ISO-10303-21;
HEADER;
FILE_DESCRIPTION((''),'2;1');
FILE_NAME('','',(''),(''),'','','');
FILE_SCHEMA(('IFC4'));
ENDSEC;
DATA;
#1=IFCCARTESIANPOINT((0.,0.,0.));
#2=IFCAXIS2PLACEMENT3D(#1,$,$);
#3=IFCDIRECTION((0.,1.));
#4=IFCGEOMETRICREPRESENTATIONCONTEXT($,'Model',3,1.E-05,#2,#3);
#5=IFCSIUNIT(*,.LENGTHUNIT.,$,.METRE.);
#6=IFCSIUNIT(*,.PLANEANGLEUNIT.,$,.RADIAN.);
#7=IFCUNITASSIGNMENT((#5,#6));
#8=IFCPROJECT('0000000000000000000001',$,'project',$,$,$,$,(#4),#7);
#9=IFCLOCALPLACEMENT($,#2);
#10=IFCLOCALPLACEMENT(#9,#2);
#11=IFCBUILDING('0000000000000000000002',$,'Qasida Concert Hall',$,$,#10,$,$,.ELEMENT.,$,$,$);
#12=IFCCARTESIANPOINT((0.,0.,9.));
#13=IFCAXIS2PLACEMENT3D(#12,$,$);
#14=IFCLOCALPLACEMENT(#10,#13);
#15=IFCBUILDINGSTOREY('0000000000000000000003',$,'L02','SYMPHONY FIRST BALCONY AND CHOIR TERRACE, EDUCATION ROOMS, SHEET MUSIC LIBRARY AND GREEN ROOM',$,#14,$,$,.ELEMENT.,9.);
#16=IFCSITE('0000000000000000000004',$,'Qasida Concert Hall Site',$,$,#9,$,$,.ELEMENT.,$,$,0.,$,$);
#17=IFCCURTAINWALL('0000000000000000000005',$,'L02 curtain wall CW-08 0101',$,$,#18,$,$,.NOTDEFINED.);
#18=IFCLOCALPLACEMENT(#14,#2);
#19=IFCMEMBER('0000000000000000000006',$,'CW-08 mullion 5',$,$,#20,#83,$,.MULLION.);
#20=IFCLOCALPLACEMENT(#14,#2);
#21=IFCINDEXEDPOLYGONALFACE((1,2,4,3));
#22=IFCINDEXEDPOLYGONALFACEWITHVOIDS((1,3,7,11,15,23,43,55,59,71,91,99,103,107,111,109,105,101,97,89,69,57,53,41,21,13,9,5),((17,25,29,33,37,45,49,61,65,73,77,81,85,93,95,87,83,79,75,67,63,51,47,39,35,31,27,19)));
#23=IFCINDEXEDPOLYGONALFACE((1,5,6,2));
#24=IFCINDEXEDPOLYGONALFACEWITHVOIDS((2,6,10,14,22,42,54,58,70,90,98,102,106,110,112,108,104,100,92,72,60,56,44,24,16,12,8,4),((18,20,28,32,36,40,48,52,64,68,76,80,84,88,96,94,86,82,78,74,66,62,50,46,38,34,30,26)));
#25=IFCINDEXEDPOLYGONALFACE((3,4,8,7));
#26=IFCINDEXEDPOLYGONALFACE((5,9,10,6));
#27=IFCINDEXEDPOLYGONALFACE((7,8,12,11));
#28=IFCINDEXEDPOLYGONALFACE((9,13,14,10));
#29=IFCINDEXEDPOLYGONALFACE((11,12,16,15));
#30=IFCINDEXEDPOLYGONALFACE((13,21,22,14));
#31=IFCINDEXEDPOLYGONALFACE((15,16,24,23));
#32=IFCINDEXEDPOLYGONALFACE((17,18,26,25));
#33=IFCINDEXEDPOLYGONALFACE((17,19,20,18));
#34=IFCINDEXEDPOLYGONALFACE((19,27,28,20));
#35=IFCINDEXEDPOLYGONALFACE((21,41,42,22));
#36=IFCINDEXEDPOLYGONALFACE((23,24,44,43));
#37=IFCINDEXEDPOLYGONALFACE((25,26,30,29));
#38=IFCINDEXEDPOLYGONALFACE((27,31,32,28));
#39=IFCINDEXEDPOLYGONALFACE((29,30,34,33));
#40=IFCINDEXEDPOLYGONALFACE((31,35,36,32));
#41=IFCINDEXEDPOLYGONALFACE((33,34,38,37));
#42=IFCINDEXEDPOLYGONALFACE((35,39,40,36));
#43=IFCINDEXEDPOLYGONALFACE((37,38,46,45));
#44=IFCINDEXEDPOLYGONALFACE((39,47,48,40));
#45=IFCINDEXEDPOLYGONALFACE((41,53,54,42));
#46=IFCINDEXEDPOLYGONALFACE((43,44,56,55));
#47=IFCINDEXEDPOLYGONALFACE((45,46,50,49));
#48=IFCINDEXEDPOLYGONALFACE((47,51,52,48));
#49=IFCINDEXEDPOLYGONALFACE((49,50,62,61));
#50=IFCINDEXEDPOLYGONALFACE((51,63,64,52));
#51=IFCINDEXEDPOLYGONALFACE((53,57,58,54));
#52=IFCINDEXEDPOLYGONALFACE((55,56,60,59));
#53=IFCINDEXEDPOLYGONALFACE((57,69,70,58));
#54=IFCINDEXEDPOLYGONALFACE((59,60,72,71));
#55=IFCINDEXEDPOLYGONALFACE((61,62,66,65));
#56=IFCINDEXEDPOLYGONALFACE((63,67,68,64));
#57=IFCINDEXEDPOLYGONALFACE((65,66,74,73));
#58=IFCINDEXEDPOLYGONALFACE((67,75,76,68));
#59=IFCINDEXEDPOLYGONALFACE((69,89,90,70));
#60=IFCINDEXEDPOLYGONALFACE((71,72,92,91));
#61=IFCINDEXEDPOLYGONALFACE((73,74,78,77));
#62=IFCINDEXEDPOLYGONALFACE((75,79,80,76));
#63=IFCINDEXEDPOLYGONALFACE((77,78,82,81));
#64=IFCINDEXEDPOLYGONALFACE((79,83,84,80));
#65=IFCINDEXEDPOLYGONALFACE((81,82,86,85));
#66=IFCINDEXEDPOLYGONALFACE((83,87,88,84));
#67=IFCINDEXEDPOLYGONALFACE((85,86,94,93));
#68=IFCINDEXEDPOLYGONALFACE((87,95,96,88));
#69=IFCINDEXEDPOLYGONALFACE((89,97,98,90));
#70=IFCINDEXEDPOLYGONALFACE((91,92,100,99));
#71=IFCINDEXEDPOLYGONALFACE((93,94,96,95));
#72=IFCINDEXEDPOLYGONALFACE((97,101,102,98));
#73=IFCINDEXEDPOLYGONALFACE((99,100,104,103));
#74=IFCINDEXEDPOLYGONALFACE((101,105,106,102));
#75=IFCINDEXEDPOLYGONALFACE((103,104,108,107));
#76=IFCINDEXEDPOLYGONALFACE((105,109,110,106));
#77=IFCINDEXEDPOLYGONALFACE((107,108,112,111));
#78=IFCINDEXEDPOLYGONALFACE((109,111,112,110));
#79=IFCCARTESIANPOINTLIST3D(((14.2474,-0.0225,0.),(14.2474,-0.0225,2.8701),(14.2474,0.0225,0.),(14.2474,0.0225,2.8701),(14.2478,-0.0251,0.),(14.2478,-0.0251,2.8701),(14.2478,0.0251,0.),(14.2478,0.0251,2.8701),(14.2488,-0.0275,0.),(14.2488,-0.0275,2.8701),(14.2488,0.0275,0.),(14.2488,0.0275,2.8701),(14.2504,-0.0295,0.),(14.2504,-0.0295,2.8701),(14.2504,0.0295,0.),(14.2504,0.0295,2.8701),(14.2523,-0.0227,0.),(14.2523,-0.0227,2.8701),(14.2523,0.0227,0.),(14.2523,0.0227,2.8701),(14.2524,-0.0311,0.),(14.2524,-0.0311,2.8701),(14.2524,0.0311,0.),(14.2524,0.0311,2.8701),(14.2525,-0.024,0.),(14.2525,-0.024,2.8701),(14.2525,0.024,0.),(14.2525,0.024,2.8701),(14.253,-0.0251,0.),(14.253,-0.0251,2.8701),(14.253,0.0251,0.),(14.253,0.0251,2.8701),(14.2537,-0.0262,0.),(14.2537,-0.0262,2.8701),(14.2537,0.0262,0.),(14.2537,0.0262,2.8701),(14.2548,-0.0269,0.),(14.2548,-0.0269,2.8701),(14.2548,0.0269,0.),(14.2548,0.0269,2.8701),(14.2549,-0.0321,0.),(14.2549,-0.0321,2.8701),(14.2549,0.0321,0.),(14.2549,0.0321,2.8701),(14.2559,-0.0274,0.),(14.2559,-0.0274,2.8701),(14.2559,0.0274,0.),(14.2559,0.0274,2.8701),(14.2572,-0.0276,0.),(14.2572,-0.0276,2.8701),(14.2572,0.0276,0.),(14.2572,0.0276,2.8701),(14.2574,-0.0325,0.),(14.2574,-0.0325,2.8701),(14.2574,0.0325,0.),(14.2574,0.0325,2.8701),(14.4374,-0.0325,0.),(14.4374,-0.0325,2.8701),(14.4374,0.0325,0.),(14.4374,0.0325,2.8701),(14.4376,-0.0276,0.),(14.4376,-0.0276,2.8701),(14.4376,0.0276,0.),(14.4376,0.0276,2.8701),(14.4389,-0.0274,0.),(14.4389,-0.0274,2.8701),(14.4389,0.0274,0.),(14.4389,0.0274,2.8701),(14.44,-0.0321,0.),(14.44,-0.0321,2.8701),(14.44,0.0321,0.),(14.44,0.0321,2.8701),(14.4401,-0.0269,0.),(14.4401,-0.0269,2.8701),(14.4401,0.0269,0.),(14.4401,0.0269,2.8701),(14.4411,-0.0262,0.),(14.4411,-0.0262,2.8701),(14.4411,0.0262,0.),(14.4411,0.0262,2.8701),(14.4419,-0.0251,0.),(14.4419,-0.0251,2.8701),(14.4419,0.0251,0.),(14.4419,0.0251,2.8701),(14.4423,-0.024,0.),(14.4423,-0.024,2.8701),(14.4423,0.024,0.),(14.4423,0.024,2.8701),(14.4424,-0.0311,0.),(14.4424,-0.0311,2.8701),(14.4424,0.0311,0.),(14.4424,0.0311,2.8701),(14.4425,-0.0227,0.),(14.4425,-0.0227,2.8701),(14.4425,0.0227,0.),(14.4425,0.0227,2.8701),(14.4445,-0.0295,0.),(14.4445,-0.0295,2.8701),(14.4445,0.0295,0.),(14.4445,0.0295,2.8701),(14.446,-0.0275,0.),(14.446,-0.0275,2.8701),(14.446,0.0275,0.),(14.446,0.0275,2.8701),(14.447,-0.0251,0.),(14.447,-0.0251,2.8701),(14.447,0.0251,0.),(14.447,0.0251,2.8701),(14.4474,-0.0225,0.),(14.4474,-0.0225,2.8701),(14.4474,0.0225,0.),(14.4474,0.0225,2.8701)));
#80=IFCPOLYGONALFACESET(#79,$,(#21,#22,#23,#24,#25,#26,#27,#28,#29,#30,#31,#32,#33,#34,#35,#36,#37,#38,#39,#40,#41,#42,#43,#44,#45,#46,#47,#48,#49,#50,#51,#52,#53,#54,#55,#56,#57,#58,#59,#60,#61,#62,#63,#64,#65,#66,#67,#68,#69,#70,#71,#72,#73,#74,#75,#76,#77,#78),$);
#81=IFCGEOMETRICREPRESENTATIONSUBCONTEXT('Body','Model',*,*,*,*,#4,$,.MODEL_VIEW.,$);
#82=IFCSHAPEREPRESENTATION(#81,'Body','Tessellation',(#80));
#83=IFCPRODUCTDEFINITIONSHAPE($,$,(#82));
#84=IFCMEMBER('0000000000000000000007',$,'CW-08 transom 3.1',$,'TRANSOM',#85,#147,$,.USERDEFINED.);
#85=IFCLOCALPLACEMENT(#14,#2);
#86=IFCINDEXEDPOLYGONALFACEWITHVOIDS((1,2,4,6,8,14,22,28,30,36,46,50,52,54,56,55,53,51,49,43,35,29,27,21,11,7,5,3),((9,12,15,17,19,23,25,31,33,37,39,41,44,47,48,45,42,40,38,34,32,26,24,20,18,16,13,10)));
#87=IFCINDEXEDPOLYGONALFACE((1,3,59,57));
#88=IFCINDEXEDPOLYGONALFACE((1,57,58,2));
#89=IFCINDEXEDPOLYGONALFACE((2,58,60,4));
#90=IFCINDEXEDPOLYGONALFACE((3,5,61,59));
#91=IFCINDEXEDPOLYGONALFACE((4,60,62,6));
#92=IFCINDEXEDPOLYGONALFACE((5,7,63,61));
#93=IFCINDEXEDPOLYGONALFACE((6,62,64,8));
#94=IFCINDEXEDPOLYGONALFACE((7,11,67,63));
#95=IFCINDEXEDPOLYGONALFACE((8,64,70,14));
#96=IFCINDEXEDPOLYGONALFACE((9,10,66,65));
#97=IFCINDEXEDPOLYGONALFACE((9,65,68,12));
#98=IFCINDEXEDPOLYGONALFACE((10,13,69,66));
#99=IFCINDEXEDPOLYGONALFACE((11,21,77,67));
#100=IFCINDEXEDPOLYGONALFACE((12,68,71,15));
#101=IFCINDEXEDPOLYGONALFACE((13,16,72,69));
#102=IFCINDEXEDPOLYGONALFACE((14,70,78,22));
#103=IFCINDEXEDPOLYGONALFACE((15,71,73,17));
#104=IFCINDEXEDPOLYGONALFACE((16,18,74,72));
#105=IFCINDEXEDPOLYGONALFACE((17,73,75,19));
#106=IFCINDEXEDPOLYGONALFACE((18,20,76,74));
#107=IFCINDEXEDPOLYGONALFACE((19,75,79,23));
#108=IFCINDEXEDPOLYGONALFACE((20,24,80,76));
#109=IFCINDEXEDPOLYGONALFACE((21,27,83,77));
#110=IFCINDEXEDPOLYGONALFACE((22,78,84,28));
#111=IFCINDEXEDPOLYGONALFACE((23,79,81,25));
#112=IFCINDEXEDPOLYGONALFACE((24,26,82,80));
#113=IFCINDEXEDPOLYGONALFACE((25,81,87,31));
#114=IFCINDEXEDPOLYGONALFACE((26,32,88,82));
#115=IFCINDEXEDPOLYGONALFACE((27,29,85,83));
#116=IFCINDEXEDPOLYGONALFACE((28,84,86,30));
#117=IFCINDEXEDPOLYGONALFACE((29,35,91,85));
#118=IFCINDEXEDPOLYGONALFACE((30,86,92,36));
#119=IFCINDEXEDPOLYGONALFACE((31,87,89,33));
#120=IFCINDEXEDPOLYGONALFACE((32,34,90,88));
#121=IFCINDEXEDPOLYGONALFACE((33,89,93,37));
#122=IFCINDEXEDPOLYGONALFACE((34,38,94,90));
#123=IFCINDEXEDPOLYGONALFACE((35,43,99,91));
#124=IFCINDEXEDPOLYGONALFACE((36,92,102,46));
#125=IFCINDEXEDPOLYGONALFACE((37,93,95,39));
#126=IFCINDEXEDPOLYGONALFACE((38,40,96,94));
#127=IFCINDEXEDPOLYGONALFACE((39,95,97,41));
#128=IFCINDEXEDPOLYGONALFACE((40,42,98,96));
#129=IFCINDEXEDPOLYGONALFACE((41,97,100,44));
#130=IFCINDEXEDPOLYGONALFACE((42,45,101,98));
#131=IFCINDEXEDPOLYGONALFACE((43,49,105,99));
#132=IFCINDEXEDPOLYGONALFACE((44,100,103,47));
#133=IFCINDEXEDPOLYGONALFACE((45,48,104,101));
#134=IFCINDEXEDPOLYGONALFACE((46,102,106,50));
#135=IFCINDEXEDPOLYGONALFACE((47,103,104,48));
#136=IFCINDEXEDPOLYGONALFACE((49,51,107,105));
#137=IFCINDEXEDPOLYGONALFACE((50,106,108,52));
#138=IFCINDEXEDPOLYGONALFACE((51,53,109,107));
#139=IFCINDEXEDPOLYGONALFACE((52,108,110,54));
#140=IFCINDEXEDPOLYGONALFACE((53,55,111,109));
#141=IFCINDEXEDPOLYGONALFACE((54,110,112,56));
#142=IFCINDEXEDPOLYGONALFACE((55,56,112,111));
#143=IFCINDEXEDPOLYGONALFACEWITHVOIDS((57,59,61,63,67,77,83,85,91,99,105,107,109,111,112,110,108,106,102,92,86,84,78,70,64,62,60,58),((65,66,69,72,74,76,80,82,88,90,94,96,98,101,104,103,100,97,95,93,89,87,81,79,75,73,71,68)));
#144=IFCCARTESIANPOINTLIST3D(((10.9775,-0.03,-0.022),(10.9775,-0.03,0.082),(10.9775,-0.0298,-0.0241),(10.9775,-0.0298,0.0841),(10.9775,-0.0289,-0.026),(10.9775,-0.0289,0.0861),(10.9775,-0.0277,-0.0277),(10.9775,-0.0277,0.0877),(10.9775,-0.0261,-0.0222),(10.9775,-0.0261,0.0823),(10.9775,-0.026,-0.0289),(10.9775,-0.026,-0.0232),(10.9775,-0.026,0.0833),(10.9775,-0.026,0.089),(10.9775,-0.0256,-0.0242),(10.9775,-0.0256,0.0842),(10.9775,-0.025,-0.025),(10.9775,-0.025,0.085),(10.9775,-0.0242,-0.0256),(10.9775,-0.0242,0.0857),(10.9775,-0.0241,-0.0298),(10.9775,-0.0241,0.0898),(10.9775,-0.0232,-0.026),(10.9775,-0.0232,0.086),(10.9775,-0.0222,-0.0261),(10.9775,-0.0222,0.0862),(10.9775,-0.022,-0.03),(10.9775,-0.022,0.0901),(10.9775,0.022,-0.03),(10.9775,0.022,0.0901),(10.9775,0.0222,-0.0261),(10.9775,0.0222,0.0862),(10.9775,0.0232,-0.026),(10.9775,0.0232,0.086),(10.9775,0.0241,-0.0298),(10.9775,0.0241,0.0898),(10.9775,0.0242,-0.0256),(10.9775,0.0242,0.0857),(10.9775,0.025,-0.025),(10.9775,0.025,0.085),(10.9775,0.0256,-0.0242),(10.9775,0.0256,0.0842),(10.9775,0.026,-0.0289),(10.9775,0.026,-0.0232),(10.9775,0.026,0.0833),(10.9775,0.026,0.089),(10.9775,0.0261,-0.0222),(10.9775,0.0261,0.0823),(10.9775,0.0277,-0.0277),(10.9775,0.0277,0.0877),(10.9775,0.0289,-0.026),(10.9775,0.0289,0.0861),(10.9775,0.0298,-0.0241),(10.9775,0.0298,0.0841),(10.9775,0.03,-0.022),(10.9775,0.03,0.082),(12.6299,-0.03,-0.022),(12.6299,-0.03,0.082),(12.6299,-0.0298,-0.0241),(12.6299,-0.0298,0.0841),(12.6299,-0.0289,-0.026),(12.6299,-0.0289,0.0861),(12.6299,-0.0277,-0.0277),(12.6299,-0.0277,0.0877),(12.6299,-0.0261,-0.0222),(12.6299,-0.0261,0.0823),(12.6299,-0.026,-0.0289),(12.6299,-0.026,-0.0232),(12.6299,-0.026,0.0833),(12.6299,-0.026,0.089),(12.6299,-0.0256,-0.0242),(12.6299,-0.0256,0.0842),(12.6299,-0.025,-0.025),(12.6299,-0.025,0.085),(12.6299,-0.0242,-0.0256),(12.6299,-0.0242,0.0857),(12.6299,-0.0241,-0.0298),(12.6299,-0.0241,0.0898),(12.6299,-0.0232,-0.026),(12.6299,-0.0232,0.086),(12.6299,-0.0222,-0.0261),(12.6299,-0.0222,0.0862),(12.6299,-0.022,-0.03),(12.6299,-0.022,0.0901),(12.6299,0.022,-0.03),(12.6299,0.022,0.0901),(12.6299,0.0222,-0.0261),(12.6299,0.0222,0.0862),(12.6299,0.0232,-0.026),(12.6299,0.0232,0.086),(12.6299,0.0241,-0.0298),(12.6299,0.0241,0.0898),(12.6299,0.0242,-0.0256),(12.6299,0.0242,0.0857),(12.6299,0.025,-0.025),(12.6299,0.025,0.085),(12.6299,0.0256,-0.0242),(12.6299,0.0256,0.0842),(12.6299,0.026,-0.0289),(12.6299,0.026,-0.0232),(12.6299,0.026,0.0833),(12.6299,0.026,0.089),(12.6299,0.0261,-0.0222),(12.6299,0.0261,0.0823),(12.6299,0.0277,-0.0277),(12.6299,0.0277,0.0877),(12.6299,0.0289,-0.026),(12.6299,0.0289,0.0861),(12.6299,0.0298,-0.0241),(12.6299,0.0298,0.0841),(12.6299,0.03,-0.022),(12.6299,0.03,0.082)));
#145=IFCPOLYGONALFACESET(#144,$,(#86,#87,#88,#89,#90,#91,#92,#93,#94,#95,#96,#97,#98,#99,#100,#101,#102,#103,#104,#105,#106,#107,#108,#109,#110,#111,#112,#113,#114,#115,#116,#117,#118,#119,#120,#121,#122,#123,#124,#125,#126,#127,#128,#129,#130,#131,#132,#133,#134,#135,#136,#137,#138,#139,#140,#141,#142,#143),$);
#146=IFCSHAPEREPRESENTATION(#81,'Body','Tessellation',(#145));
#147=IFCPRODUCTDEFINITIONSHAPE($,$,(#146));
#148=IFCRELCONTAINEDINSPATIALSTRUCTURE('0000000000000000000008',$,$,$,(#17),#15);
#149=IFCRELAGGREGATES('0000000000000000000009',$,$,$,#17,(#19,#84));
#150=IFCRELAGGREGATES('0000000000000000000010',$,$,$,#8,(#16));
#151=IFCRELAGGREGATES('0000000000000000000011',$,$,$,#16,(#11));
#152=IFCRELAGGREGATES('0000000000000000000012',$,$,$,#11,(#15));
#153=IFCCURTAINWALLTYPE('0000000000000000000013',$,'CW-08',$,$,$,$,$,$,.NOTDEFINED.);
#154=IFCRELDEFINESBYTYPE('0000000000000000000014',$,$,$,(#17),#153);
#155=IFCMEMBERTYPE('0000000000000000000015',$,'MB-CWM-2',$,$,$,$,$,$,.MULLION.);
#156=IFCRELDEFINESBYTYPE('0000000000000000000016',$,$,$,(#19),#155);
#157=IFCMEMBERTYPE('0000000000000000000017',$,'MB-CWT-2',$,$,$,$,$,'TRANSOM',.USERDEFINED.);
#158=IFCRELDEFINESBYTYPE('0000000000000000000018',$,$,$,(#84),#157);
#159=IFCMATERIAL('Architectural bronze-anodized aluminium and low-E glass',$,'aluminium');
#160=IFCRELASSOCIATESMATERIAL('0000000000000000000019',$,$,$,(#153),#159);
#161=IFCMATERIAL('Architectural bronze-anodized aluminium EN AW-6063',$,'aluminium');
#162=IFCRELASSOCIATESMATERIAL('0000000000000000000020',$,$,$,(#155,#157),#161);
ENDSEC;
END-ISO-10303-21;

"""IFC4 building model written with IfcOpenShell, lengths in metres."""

from ifc_helpers import new_model, si_unit, direction, frame, origin, origin_2d, place, context, subcontext, project, spatial, hollow_rectangle, extrude, material, material_profile, profile_set, type_object, element, aggregate, save


model = new_model("IFC4")

# Units and contexts
model_context = context("Model", 3, precision=1e-05, world=origin(), true_north=direction((0.0, 1.0)))
body_context = subcontext(model_context, "Body", "Model", "MODEL_VIEW")
ifc_project = project(units=[si_unit("LENGTHUNIT", "METRE"), si_unit("PLANEANGLEUNIT", "RADIAN")], contexts=[model_context])

# Site, building, storey
site_placement = place(None, origin())
site = spatial("IfcSite", under=ifc_project, at=site_placement, Name="Qasida Concert Hall Site", CompositionType="ELEMENT", RefElevation=0.0)
building_placement = place(site_placement, origin())
building = spatial("IfcBuilding", under=site, at=building_placement, Name="Qasida Concert Hall", CompositionType="ELEMENT")
storey_placement = place(building_placement, frame((0.0, 0.0, 9.0)))
storey = spatial("IfcBuildingStorey", under=building, at=storey_placement, Name="L02", Description="SYMPHONY FIRST BALCONY AND CHOIR TERRACE, EDUCATION ROOMS, SHEET MUSIC LIBRARY AND GREEN ROOM", CompositionType="ELEMENT", Elevation=9.0)

# Curtain wall, members
ifc_material_1 = material(Name="Architectural bronze-anodized aluminium and low-E glass", Category="aluminium")
curtain_wall_type = type_object("IfcCurtainWallType", Name="CW-08", PredefinedType="NOTDEFINED", material=ifc_material_1)
curtain_wall_placement = place(storey_placement, origin())
curtain_wall = element("IfcCurtainWall", 1, at=curtain_wall_placement, inside=storey, type_object=curtain_wall_type, Name="L02 curtain wall CW-08 0101", PredefinedType="NOTDEFINED")
ifc_material_2 = material(Name="Architectural bronze-anodized aluminium EN AW-6063", Category="aluminium")
ifc_material_profile_1 = material_profile(ifc_material_2, hollow_rectangle(XDim=0.0649, YDim=0.2, WallThickness=0.0049, InnerFilletRadius=0.0049, OuterFilletRadius=0.01, at=origin_2d()), Name="CWM 200x65x5")
ifc_profile_set_1 = profile_set([ifc_material_profile_1], Name="Architectural bronze-anodized aluminium EN AW-6063")
member_type_1 = type_object("IfcMemberType", Name="MB-CWM-2", PredefinedType="MULLION", material=ifc_profile_set_1)
member_1_placement = place(storey_placement, frame((14.3474, 0.0, 0.0), z_axis=(0.0, 0.0, 1.0), x_axis=(0.0, 1.0, 0.0)))
member_1 = element("IfcMember", 2, at=member_1_placement, type_object=member_type_1, Name="CW-08 mullion 5", PredefinedType="MULLION", context=body_context, shape_type="SweptSolid", body=[
    extrude(hollow_rectangle(XDim=0.0649, YDim=0.2, WallThickness=0.0049, InnerFilletRadius=0.0049, OuterFilletRadius=0.01, at=origin_2d()), origin(), (0.0, 0.0, 1.0), 2.8701),
])
ifc_material_profile_2 = material_profile(ifc_material_2, hollow_rectangle(XDim=0.0601, YDim=0.1201, WallThickness=0.0039, InnerFilletRadius=0.0039, OuterFilletRadius=0.0081, at=origin_2d()), Name="CWT 120x60x4")
ifc_profile_set_2 = profile_set([ifc_material_profile_2], Name="Architectural bronze-anodized aluminium EN AW-6063")
member_type_2 = type_object("IfcMemberType", Name="MB-CWT-2", ElementType="TRANSOM", PredefinedType="USERDEFINED", material=ifc_profile_set_2)
member_2_placement = place(storey_placement, frame((10.9775, 0.0, 0.03), z_axis=(1.0, 0.0, 0.0), x_axis=(0.0, 1.0, 0.0)))
member_2 = element("IfcMember", 3, at=member_2_placement, type_object=member_type_2, Name="CW-08 transom 3.1", ObjectType="TRANSOM", PredefinedType="USERDEFINED", context=body_context, shape_type="SweptSolid", body=[
    extrude(hollow_rectangle(XDim=0.0601, YDim=0.1201, WallThickness=0.0039, InnerFilletRadius=0.0039, OuterFilletRadius=0.0081, at=origin_2d()), origin(), (0.0, 0.0, 1.0), 1.6523),
])
aggregate(curtain_wall, [member_1, member_2])

save(model, "model.ifc")
